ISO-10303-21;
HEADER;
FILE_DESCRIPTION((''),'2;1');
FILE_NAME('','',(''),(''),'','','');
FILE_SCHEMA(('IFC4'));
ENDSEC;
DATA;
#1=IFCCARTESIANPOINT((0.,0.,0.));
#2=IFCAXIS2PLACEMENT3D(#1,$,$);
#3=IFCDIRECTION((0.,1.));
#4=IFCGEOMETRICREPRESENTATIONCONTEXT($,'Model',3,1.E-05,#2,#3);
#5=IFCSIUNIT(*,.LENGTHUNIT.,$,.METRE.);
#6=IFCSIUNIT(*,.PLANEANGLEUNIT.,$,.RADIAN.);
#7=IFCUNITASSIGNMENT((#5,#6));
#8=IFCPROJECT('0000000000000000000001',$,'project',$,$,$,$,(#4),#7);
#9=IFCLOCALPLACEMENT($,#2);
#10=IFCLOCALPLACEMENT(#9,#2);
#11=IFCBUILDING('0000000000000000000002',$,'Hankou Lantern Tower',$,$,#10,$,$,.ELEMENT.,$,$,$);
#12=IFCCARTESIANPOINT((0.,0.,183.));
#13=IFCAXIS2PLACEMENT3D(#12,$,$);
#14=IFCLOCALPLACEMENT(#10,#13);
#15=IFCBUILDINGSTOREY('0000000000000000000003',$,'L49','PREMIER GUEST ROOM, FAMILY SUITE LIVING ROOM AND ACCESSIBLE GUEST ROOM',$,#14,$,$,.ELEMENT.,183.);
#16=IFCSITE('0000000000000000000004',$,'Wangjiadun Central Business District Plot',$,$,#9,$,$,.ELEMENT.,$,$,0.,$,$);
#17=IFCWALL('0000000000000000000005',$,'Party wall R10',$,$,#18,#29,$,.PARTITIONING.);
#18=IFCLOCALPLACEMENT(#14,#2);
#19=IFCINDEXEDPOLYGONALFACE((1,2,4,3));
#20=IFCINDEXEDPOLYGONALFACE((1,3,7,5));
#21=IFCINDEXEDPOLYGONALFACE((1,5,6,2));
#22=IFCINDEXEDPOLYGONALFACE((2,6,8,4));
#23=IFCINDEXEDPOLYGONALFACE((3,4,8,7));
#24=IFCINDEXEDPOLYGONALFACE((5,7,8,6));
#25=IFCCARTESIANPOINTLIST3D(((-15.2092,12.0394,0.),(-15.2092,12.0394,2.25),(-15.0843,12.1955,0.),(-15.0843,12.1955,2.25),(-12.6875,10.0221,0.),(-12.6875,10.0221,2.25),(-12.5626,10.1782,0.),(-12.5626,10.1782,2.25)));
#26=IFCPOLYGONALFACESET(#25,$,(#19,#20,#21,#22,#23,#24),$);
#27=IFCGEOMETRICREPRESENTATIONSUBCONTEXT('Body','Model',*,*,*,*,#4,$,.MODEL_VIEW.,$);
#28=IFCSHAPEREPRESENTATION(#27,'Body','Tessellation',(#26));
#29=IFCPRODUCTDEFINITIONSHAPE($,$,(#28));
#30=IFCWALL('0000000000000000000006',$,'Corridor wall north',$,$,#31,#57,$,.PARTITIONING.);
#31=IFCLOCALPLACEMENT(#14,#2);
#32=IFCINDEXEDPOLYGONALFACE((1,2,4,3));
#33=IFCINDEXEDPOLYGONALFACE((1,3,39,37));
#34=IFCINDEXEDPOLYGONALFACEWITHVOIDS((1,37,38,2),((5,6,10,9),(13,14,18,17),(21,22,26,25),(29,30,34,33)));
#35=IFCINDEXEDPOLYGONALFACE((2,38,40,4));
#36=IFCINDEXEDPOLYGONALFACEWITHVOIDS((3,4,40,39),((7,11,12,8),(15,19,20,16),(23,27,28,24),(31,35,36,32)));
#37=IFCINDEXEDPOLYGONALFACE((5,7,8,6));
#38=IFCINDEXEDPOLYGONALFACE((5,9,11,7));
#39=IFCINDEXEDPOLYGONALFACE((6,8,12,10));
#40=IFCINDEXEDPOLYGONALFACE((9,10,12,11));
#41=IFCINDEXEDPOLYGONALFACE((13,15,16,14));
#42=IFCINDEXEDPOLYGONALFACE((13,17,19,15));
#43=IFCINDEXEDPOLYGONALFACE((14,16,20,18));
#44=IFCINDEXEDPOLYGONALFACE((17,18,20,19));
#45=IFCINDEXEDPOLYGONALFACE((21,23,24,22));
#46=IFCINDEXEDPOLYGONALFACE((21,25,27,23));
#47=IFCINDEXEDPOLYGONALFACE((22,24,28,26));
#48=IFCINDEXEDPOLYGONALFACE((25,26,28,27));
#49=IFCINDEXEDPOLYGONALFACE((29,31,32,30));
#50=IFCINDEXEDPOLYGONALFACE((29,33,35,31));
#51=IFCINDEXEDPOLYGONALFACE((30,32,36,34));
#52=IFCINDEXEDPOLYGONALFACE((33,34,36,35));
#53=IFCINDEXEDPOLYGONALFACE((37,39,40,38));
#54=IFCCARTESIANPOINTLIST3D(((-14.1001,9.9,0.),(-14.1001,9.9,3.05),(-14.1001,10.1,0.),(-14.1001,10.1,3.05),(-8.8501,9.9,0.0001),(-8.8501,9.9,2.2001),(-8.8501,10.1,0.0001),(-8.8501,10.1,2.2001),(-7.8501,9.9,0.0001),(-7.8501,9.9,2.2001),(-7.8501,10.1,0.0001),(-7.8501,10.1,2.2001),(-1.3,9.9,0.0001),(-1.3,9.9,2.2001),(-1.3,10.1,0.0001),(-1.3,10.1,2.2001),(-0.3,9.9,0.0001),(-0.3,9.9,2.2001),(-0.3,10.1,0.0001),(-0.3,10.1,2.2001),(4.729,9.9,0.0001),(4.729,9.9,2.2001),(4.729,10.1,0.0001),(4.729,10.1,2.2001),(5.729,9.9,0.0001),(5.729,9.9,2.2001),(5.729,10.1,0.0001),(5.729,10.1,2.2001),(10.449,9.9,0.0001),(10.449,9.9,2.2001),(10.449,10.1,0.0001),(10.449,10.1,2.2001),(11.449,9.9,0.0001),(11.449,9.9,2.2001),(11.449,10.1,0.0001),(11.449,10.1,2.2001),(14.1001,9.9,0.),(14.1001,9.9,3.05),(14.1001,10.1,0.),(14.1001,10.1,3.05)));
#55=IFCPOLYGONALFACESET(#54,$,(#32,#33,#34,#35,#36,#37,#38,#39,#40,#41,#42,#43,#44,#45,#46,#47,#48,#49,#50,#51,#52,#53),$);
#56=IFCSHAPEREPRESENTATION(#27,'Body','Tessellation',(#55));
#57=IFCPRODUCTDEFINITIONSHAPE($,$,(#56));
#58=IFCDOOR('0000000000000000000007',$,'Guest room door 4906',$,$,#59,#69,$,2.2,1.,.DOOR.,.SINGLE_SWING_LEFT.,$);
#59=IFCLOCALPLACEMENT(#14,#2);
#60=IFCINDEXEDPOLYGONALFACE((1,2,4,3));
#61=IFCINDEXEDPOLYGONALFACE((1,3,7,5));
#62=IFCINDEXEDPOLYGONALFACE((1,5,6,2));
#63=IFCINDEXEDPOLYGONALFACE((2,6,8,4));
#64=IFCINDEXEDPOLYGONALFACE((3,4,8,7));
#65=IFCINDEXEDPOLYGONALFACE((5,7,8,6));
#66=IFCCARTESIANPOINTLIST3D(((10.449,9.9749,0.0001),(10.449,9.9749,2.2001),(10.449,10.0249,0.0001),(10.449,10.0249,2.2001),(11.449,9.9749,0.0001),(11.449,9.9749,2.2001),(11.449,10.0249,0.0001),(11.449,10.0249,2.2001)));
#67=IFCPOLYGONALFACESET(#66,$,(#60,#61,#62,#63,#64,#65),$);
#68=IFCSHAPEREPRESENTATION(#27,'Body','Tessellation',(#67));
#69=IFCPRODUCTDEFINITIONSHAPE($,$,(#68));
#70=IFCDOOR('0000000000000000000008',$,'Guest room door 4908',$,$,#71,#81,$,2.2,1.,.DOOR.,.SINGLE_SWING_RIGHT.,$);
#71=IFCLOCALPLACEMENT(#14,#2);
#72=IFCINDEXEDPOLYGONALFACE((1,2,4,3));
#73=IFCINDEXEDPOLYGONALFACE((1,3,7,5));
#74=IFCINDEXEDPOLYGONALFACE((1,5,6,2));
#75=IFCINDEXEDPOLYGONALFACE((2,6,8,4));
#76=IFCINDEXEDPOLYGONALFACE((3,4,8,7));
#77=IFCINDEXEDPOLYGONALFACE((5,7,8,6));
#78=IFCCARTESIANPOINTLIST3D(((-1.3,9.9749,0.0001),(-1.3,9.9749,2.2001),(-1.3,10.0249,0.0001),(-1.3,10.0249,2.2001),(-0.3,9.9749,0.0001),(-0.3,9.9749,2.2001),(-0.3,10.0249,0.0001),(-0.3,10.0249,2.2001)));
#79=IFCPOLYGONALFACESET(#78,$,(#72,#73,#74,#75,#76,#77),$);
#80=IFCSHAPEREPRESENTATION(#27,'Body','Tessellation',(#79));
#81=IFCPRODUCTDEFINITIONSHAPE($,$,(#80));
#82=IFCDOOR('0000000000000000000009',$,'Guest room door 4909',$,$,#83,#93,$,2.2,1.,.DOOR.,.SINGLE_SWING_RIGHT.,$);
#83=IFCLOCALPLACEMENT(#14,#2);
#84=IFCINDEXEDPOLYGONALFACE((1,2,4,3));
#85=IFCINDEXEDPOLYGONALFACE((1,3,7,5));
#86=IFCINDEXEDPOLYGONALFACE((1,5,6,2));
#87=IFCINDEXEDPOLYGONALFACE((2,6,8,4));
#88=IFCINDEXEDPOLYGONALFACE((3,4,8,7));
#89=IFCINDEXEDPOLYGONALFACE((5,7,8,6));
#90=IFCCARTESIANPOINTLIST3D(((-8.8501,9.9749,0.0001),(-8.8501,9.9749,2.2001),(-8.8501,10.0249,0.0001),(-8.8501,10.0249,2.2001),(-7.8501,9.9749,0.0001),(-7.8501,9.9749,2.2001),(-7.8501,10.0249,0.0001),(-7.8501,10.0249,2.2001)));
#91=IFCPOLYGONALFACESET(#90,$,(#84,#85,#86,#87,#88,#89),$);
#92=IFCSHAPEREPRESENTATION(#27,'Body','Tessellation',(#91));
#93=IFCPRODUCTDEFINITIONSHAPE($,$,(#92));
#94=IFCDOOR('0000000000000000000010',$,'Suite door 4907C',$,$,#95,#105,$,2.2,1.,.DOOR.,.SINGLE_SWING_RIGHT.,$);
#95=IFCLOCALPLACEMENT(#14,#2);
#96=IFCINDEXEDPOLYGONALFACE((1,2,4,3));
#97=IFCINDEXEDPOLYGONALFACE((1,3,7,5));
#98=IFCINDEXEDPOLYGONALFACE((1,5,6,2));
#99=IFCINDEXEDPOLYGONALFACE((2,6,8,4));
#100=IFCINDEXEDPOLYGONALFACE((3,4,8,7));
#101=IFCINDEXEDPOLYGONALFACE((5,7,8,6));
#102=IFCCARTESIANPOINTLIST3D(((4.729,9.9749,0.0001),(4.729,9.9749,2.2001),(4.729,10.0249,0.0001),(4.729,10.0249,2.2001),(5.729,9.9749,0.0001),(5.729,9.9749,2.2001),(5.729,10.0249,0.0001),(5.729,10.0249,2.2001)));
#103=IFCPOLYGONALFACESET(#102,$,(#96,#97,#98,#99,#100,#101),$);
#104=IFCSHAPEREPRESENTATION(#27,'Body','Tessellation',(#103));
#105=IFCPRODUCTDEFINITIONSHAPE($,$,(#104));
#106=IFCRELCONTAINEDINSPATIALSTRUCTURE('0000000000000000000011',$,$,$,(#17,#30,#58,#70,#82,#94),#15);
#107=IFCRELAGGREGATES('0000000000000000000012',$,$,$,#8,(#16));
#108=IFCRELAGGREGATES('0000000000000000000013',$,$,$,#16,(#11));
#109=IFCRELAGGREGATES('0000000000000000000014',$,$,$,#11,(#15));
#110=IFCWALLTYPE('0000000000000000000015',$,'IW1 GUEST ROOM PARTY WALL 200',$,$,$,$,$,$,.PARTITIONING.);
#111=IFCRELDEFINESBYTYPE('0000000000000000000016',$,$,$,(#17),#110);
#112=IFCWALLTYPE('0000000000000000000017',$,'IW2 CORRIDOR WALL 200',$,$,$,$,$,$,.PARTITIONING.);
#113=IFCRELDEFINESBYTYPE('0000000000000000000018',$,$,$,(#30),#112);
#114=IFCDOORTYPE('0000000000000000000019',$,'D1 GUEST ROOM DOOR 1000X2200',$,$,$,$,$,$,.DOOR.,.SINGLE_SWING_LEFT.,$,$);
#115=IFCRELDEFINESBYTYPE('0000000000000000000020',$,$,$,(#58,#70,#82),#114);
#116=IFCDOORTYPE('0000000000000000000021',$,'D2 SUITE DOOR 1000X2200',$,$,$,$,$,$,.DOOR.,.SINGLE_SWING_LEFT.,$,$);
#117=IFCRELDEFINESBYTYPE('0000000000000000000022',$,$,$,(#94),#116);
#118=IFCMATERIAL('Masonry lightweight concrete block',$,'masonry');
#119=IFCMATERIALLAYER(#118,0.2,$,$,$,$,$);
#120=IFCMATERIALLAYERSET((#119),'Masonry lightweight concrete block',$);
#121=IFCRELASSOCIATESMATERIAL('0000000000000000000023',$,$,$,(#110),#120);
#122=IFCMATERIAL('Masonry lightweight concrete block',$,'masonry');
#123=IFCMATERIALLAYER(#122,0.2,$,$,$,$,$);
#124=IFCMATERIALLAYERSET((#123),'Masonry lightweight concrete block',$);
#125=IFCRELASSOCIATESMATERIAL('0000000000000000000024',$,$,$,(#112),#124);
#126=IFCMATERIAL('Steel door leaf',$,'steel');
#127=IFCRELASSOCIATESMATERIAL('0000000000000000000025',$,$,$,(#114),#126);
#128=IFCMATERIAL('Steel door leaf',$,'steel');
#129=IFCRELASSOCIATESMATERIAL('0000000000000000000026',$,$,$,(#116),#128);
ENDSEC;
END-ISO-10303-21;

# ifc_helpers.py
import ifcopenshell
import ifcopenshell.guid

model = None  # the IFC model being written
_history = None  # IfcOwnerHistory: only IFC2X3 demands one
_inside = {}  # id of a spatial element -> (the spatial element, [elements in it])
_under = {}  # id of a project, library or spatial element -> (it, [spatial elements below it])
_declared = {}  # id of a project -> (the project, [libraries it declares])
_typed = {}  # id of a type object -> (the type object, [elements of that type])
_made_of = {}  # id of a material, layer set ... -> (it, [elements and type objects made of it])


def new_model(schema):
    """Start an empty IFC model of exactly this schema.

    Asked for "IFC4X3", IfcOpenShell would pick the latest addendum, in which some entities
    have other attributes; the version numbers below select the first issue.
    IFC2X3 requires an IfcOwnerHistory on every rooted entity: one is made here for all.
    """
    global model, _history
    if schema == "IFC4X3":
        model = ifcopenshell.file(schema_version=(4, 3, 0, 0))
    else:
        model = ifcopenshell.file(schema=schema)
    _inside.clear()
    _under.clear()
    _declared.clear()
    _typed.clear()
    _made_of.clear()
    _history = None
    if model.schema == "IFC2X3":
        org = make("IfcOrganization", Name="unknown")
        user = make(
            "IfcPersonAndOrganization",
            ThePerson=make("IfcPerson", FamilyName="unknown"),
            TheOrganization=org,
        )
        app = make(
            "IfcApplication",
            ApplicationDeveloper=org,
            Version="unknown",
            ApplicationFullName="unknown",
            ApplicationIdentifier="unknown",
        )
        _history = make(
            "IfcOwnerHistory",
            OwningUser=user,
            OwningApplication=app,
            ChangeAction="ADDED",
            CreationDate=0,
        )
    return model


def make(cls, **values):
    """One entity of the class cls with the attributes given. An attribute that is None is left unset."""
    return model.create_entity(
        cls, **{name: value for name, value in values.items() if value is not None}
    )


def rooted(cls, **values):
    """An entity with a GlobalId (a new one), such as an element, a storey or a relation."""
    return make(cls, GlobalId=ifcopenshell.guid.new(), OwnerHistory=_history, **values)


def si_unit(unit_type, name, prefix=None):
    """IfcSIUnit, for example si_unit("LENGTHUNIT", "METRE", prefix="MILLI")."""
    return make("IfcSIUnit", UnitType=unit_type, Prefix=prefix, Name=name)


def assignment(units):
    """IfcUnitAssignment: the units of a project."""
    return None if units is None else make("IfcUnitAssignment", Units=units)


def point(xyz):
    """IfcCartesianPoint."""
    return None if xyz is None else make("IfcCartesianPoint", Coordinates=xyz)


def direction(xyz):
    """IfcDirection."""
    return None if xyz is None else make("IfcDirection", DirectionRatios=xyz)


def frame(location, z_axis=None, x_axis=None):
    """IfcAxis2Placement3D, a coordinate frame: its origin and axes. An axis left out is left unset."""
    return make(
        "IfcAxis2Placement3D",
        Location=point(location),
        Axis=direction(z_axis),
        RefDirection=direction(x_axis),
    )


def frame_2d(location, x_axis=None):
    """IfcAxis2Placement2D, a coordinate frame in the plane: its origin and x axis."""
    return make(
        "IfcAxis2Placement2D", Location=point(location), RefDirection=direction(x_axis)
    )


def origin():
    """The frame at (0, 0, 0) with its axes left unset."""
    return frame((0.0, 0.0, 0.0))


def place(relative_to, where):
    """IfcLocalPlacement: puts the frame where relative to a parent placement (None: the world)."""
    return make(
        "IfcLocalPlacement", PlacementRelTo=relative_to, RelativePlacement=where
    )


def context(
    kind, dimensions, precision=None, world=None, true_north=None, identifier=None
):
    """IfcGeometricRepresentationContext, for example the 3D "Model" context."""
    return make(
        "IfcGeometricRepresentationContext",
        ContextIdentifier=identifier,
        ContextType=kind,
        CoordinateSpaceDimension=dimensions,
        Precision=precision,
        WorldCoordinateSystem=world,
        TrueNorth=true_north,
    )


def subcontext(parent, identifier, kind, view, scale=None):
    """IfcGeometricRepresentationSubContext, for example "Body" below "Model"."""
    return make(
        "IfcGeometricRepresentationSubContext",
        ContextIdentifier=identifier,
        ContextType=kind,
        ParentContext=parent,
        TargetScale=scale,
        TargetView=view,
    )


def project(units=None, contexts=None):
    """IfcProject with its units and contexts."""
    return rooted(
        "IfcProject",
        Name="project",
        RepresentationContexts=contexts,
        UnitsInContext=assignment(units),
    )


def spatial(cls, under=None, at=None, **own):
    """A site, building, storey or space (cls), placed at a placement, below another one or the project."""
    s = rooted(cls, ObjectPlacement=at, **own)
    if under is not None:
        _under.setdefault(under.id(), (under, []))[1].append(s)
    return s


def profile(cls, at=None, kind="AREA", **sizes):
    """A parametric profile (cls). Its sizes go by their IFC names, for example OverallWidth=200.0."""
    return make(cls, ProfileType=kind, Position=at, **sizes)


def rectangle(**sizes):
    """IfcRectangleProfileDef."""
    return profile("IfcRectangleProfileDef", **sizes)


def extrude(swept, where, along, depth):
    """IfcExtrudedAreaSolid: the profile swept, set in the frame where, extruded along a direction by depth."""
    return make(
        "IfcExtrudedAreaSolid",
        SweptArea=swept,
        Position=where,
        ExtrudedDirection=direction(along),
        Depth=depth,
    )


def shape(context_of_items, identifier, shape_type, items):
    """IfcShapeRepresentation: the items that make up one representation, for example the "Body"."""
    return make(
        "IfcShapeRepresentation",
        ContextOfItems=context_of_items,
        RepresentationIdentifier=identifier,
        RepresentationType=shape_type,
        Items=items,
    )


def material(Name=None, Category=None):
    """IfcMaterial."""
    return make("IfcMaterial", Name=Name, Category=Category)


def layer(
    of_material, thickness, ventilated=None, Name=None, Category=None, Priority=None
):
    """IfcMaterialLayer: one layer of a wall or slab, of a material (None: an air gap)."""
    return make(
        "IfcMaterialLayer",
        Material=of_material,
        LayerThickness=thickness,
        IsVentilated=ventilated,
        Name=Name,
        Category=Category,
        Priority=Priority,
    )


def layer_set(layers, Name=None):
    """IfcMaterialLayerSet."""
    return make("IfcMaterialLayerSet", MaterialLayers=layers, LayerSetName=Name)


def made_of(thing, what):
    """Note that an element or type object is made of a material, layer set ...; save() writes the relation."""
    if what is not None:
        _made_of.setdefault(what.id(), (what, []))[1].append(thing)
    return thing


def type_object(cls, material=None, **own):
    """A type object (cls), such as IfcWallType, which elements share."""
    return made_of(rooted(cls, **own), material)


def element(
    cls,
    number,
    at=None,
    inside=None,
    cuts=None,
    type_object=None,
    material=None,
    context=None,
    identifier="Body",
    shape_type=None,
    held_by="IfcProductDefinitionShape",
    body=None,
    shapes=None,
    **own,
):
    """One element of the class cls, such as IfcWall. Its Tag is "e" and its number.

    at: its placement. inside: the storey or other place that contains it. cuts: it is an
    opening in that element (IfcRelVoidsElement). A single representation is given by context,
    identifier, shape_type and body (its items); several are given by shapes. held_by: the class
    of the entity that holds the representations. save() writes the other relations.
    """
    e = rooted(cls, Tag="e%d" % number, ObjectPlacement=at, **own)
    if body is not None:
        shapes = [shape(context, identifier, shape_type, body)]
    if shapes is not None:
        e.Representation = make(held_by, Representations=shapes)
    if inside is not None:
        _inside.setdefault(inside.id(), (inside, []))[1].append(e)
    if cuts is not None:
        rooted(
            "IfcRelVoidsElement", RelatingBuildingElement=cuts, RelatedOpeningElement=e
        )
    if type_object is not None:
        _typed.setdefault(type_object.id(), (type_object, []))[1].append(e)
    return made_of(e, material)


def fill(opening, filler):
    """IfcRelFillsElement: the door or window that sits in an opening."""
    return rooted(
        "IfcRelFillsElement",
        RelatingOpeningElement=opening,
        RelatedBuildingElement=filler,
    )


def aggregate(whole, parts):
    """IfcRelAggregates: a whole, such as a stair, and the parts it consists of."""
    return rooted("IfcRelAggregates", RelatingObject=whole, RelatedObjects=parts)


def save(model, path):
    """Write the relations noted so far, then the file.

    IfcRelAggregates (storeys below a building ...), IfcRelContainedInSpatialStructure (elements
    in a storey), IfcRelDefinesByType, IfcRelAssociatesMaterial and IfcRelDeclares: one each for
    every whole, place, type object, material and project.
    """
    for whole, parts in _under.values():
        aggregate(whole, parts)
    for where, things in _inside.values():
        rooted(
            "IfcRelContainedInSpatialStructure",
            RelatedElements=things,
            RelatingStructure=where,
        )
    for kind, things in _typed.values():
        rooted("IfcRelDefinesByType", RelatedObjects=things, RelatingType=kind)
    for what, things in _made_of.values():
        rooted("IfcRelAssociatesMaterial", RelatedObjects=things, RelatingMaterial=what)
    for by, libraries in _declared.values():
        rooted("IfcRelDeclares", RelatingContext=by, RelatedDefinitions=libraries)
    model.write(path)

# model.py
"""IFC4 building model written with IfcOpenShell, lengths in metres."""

from ifc_helpers import new_model, si_unit, direction, frame, frame_2d, origin, place, context, subcontext, project, spatial, rectangle, extrude, material, layer, layer_set, type_object, element, fill, save


model = new_model("IFC4")

# Units and contexts
model_context = context("Model", 3, precision=1e-05, world=origin(), true_north=direction((0.0, 1.0)))
body_context = subcontext(model_context, "Body", "Model", "MODEL_VIEW")
ifc_project = project(units=[si_unit("LENGTHUNIT", "METRE"), si_unit("PLANEANGLEUNIT", "RADIAN")], contexts=[model_context])

# Site, building, storey
site_placement = place(None, origin())
site = spatial("IfcSite", under=ifc_project, at=site_placement, Name="Wangjiadun Central Business District Plot", CompositionType="ELEMENT", RefElevation=0.0)
building_placement = place(site_placement, origin())
building = spatial("IfcBuilding", under=site, at=building_placement, Name="Hankou Lantern Tower", CompositionType="ELEMENT")
storey_placement = place(building_placement, frame((0.0, 0.0, 183.0)))
storey = spatial("IfcBuildingStorey", under=building, at=storey_placement, Name="L49", Description="PREMIER GUEST ROOM, FAMILY SUITE LIVING ROOM AND ACCESSIBLE GUEST ROOM", CompositionType="ELEMENT", Elevation=183.0)

# Wall
ifc_material_1 = material(Name="Masonry lightweight concrete block", Category="masonry")
ifc_layer_1 = layer(ifc_material_1, 0.2)
ifc_layer_set_1 = layer_set([ifc_layer_1], Name="Masonry lightweight concrete block")
wall_type_1 = type_object("IfcWallType", Name="IW1 GUEST ROOM PARTY WALL 200", PredefinedType="PARTITIONING", material=ifc_layer_set_1)
wall_1_placement = place(storey_placement, frame((-12.625, 10.1001, 0.0), z_axis=(0.0, 0.0, 1.0), x_axis=(-0.780876, 0.624686, 0.0)))
element("IfcWall", 1, at=wall_1_placement, inside=storey, type_object=wall_type_1, Name="Party wall R10", PredefinedType="PARTITIONING", context=body_context, shape_type="SweptSolid", body=[
    extrude(rectangle(XDim=3.2292, YDim=0.2, at=frame_2d((1.6147, 0.0))), origin(), (0.0, 0.0, 1.0), 2.25),
])

# Wall, openings, doors
ifc_material_2 = material(Name="Masonry lightweight concrete block", Category="masonry")
ifc_layer_2 = layer(ifc_material_2, 0.2)
ifc_layer_set_2 = layer_set([ifc_layer_2], Name="Masonry lightweight concrete block")
wall_type_2 = type_object("IfcWallType", Name="IW2 CORRIDOR WALL 200", PredefinedType="PARTITIONING", material=ifc_layer_set_2)
wall_2_placement = place(storey_placement, frame((-14.1001, 10.0, 0.0), z_axis=(0.0, 0.0, 1.0), x_axis=(1.0, 0.0, 0.0)))
wall_2 = element("IfcWall", 2, at=wall_2_placement, inside=storey, type_object=wall_type_2, Name="Corridor wall north", PredefinedType="PARTITIONING", context=body_context, shape_type="SweptSolid", body=[
    extrude(rectangle(XDim=28.2002, YDim=0.2, at=frame_2d((14.1001, 0.0))), origin(), (0.0, 0.0, 1.0), 3.05),
])
opening_1_placement = place(wall_2_placement, frame((24.5491, 0.0, 0.0)))
opening_1 = element("IfcOpeningElement", 3, at=opening_1_placement, cuts=wall_2, PredefinedType="OPENING", context=body_context, shape_type="SweptSolid", body=[
    extrude(rectangle(XDim=1.0, YDim=2.2, at=frame_2d((0.5, 1.1001))), frame((0.0, 0.1099, 0.0), z_axis=(0.0, -1.0, 0.0), x_axis=(1.0, 0.0, 0.0)), (0.0, 0.0, 1.0), 0.22),
])
opening_2_placement = place(wall_2_placement, frame((18.8291, 0.0, 0.0)))
opening_2 = element("IfcOpeningElement", 4, at=opening_2_placement, cuts=wall_2, PredefinedType="OPENING", context=body_context, shape_type="SweptSolid", body=[
    extrude(rectangle(XDim=1.0, YDim=2.2, at=frame_2d((0.5, 1.1001))), frame((0.0, 0.1099, 0.0), z_axis=(0.0, -1.0, 0.0), x_axis=(1.0, 0.0, 0.0)), (0.0, 0.0, 1.0), 0.22),
])
opening_3_placement = place(wall_2_placement, frame((12.8, 0.0, 0.0)))
opening_3 = element("IfcOpeningElement", 5, at=opening_3_placement, cuts=wall_2, PredefinedType="OPENING", context=body_context, shape_type="SweptSolid", body=[
    extrude(rectangle(XDim=1.0, YDim=2.2, at=frame_2d((0.5, 1.1001))), frame((0.0, 0.1099, 0.0), z_axis=(0.0, -1.0, 0.0), x_axis=(1.0, 0.0, 0.0)), (0.0, 0.0, 1.0), 0.22),
])
opening_4_placement = place(wall_2_placement, frame((5.25, 0.0, 0.0)))
opening_4 = element("IfcOpeningElement", 6, at=opening_4_placement, cuts=wall_2, PredefinedType="OPENING", context=body_context, shape_type="SweptSolid", body=[
    extrude(rectangle(XDim=1.0, YDim=2.2, at=frame_2d((0.5, 1.1001))), frame((0.0, 0.1099, 0.0), z_axis=(0.0, -1.0, 0.0), x_axis=(1.0, 0.0, 0.0)), (0.0, 0.0, 1.0), 0.22),
])
ifc_material_3 = material(Name="Steel door leaf", Category="steel")
door_type_1 = type_object("IfcDoorType", Name="D1 GUEST ROOM DOOR 1000X2200", OperationType="SINGLE_SWING_LEFT", PredefinedType="DOOR", material=ifc_material_3)
door_1_placement = place(opening_1_placement, origin())
door_1 = element("IfcDoor", 7, at=door_1_placement, inside=storey, type_object=door_type_1, Name="Guest room door 4906", OperationType="SINGLE_SWING_LEFT", OverallHeight=2.2, OverallWidth=1.0, PredefinedType="DOOR", context=body_context, shape_type="SweptSolid", body=[
    extrude(rectangle(XDim=1.0, YDim=2.2, at=frame_2d((0.5, 1.1001))), frame((0.0, 0.0249, 0.0), z_axis=(0.0, -1.0, 0.0), x_axis=(1.0, 0.0, 0.0)), (0.0, 0.0, 1.0), 0.05),
])
fill(opening_1, door_1)
door_2_placement = place(opening_3_placement, origin())
door_2 = element("IfcDoor", 8, at=door_2_placement, inside=storey, type_object=door_type_1, Name="Guest room door 4908", OperationType="SINGLE_SWING_RIGHT", OverallHeight=2.2, OverallWidth=1.0, PredefinedType="DOOR", context=body_context, shape_type="SweptSolid", body=[
    extrude(rectangle(XDim=1.0, YDim=2.2, at=frame_2d((0.5, 1.1001))), frame((0.0, 0.0249, 0.0), z_axis=(0.0, -1.0, 0.0), x_axis=(1.0, 0.0, 0.0)), (0.0, 0.0, 1.0), 0.05),
])
fill(opening_3, door_2)
door_3_placement = place(opening_4_placement, origin())
door_3 = element("IfcDoor", 9, at=door_3_placement, inside=storey, type_object=door_type_1, Name="Guest room door 4909", OperationType="SINGLE_SWING_RIGHT", OverallHeight=2.2, OverallWidth=1.0, PredefinedType="DOOR", context=body_context, shape_type="SweptSolid", body=[
    extrude(rectangle(XDim=1.0, YDim=2.2, at=frame_2d((0.5, 1.1001))), frame((0.0, 0.0249, 0.0), z_axis=(0.0, -1.0, 0.0), x_axis=(1.0, 0.0, 0.0)), (0.0, 0.0, 1.0), 0.05),
])
fill(opening_4, door_3)
ifc_material_4 = material(Name="Steel door leaf", Category="steel")
door_type_2 = type_object("IfcDoorType", Name="D2 SUITE DOOR 1000X2200", OperationType="SINGLE_SWING_LEFT", PredefinedType="DOOR", material=ifc_material_4)
door_4_placement = place(opening_2_placement, origin())
door_4 = element("IfcDoor", 10, at=door_4_placement, inside=storey, type_object=door_type_2, Name="Suite door 4907C", OperationType="SINGLE_SWING_RIGHT", OverallHeight=2.2, OverallWidth=1.0, PredefinedType="DOOR", context=body_context, shape_type="SweptSolid", body=[
    extrude(rectangle(XDim=1.0, YDim=2.2, at=frame_2d((0.5, 1.1001))), frame((0.0, 0.0249, 0.0), z_axis=(0.0, -1.0, 0.0), x_axis=(1.0, 0.0, 0.0)), (0.0, 0.0, 1.0), 0.05),
])
fill(opening_2, door_4)

save(model, "model.ifc")
